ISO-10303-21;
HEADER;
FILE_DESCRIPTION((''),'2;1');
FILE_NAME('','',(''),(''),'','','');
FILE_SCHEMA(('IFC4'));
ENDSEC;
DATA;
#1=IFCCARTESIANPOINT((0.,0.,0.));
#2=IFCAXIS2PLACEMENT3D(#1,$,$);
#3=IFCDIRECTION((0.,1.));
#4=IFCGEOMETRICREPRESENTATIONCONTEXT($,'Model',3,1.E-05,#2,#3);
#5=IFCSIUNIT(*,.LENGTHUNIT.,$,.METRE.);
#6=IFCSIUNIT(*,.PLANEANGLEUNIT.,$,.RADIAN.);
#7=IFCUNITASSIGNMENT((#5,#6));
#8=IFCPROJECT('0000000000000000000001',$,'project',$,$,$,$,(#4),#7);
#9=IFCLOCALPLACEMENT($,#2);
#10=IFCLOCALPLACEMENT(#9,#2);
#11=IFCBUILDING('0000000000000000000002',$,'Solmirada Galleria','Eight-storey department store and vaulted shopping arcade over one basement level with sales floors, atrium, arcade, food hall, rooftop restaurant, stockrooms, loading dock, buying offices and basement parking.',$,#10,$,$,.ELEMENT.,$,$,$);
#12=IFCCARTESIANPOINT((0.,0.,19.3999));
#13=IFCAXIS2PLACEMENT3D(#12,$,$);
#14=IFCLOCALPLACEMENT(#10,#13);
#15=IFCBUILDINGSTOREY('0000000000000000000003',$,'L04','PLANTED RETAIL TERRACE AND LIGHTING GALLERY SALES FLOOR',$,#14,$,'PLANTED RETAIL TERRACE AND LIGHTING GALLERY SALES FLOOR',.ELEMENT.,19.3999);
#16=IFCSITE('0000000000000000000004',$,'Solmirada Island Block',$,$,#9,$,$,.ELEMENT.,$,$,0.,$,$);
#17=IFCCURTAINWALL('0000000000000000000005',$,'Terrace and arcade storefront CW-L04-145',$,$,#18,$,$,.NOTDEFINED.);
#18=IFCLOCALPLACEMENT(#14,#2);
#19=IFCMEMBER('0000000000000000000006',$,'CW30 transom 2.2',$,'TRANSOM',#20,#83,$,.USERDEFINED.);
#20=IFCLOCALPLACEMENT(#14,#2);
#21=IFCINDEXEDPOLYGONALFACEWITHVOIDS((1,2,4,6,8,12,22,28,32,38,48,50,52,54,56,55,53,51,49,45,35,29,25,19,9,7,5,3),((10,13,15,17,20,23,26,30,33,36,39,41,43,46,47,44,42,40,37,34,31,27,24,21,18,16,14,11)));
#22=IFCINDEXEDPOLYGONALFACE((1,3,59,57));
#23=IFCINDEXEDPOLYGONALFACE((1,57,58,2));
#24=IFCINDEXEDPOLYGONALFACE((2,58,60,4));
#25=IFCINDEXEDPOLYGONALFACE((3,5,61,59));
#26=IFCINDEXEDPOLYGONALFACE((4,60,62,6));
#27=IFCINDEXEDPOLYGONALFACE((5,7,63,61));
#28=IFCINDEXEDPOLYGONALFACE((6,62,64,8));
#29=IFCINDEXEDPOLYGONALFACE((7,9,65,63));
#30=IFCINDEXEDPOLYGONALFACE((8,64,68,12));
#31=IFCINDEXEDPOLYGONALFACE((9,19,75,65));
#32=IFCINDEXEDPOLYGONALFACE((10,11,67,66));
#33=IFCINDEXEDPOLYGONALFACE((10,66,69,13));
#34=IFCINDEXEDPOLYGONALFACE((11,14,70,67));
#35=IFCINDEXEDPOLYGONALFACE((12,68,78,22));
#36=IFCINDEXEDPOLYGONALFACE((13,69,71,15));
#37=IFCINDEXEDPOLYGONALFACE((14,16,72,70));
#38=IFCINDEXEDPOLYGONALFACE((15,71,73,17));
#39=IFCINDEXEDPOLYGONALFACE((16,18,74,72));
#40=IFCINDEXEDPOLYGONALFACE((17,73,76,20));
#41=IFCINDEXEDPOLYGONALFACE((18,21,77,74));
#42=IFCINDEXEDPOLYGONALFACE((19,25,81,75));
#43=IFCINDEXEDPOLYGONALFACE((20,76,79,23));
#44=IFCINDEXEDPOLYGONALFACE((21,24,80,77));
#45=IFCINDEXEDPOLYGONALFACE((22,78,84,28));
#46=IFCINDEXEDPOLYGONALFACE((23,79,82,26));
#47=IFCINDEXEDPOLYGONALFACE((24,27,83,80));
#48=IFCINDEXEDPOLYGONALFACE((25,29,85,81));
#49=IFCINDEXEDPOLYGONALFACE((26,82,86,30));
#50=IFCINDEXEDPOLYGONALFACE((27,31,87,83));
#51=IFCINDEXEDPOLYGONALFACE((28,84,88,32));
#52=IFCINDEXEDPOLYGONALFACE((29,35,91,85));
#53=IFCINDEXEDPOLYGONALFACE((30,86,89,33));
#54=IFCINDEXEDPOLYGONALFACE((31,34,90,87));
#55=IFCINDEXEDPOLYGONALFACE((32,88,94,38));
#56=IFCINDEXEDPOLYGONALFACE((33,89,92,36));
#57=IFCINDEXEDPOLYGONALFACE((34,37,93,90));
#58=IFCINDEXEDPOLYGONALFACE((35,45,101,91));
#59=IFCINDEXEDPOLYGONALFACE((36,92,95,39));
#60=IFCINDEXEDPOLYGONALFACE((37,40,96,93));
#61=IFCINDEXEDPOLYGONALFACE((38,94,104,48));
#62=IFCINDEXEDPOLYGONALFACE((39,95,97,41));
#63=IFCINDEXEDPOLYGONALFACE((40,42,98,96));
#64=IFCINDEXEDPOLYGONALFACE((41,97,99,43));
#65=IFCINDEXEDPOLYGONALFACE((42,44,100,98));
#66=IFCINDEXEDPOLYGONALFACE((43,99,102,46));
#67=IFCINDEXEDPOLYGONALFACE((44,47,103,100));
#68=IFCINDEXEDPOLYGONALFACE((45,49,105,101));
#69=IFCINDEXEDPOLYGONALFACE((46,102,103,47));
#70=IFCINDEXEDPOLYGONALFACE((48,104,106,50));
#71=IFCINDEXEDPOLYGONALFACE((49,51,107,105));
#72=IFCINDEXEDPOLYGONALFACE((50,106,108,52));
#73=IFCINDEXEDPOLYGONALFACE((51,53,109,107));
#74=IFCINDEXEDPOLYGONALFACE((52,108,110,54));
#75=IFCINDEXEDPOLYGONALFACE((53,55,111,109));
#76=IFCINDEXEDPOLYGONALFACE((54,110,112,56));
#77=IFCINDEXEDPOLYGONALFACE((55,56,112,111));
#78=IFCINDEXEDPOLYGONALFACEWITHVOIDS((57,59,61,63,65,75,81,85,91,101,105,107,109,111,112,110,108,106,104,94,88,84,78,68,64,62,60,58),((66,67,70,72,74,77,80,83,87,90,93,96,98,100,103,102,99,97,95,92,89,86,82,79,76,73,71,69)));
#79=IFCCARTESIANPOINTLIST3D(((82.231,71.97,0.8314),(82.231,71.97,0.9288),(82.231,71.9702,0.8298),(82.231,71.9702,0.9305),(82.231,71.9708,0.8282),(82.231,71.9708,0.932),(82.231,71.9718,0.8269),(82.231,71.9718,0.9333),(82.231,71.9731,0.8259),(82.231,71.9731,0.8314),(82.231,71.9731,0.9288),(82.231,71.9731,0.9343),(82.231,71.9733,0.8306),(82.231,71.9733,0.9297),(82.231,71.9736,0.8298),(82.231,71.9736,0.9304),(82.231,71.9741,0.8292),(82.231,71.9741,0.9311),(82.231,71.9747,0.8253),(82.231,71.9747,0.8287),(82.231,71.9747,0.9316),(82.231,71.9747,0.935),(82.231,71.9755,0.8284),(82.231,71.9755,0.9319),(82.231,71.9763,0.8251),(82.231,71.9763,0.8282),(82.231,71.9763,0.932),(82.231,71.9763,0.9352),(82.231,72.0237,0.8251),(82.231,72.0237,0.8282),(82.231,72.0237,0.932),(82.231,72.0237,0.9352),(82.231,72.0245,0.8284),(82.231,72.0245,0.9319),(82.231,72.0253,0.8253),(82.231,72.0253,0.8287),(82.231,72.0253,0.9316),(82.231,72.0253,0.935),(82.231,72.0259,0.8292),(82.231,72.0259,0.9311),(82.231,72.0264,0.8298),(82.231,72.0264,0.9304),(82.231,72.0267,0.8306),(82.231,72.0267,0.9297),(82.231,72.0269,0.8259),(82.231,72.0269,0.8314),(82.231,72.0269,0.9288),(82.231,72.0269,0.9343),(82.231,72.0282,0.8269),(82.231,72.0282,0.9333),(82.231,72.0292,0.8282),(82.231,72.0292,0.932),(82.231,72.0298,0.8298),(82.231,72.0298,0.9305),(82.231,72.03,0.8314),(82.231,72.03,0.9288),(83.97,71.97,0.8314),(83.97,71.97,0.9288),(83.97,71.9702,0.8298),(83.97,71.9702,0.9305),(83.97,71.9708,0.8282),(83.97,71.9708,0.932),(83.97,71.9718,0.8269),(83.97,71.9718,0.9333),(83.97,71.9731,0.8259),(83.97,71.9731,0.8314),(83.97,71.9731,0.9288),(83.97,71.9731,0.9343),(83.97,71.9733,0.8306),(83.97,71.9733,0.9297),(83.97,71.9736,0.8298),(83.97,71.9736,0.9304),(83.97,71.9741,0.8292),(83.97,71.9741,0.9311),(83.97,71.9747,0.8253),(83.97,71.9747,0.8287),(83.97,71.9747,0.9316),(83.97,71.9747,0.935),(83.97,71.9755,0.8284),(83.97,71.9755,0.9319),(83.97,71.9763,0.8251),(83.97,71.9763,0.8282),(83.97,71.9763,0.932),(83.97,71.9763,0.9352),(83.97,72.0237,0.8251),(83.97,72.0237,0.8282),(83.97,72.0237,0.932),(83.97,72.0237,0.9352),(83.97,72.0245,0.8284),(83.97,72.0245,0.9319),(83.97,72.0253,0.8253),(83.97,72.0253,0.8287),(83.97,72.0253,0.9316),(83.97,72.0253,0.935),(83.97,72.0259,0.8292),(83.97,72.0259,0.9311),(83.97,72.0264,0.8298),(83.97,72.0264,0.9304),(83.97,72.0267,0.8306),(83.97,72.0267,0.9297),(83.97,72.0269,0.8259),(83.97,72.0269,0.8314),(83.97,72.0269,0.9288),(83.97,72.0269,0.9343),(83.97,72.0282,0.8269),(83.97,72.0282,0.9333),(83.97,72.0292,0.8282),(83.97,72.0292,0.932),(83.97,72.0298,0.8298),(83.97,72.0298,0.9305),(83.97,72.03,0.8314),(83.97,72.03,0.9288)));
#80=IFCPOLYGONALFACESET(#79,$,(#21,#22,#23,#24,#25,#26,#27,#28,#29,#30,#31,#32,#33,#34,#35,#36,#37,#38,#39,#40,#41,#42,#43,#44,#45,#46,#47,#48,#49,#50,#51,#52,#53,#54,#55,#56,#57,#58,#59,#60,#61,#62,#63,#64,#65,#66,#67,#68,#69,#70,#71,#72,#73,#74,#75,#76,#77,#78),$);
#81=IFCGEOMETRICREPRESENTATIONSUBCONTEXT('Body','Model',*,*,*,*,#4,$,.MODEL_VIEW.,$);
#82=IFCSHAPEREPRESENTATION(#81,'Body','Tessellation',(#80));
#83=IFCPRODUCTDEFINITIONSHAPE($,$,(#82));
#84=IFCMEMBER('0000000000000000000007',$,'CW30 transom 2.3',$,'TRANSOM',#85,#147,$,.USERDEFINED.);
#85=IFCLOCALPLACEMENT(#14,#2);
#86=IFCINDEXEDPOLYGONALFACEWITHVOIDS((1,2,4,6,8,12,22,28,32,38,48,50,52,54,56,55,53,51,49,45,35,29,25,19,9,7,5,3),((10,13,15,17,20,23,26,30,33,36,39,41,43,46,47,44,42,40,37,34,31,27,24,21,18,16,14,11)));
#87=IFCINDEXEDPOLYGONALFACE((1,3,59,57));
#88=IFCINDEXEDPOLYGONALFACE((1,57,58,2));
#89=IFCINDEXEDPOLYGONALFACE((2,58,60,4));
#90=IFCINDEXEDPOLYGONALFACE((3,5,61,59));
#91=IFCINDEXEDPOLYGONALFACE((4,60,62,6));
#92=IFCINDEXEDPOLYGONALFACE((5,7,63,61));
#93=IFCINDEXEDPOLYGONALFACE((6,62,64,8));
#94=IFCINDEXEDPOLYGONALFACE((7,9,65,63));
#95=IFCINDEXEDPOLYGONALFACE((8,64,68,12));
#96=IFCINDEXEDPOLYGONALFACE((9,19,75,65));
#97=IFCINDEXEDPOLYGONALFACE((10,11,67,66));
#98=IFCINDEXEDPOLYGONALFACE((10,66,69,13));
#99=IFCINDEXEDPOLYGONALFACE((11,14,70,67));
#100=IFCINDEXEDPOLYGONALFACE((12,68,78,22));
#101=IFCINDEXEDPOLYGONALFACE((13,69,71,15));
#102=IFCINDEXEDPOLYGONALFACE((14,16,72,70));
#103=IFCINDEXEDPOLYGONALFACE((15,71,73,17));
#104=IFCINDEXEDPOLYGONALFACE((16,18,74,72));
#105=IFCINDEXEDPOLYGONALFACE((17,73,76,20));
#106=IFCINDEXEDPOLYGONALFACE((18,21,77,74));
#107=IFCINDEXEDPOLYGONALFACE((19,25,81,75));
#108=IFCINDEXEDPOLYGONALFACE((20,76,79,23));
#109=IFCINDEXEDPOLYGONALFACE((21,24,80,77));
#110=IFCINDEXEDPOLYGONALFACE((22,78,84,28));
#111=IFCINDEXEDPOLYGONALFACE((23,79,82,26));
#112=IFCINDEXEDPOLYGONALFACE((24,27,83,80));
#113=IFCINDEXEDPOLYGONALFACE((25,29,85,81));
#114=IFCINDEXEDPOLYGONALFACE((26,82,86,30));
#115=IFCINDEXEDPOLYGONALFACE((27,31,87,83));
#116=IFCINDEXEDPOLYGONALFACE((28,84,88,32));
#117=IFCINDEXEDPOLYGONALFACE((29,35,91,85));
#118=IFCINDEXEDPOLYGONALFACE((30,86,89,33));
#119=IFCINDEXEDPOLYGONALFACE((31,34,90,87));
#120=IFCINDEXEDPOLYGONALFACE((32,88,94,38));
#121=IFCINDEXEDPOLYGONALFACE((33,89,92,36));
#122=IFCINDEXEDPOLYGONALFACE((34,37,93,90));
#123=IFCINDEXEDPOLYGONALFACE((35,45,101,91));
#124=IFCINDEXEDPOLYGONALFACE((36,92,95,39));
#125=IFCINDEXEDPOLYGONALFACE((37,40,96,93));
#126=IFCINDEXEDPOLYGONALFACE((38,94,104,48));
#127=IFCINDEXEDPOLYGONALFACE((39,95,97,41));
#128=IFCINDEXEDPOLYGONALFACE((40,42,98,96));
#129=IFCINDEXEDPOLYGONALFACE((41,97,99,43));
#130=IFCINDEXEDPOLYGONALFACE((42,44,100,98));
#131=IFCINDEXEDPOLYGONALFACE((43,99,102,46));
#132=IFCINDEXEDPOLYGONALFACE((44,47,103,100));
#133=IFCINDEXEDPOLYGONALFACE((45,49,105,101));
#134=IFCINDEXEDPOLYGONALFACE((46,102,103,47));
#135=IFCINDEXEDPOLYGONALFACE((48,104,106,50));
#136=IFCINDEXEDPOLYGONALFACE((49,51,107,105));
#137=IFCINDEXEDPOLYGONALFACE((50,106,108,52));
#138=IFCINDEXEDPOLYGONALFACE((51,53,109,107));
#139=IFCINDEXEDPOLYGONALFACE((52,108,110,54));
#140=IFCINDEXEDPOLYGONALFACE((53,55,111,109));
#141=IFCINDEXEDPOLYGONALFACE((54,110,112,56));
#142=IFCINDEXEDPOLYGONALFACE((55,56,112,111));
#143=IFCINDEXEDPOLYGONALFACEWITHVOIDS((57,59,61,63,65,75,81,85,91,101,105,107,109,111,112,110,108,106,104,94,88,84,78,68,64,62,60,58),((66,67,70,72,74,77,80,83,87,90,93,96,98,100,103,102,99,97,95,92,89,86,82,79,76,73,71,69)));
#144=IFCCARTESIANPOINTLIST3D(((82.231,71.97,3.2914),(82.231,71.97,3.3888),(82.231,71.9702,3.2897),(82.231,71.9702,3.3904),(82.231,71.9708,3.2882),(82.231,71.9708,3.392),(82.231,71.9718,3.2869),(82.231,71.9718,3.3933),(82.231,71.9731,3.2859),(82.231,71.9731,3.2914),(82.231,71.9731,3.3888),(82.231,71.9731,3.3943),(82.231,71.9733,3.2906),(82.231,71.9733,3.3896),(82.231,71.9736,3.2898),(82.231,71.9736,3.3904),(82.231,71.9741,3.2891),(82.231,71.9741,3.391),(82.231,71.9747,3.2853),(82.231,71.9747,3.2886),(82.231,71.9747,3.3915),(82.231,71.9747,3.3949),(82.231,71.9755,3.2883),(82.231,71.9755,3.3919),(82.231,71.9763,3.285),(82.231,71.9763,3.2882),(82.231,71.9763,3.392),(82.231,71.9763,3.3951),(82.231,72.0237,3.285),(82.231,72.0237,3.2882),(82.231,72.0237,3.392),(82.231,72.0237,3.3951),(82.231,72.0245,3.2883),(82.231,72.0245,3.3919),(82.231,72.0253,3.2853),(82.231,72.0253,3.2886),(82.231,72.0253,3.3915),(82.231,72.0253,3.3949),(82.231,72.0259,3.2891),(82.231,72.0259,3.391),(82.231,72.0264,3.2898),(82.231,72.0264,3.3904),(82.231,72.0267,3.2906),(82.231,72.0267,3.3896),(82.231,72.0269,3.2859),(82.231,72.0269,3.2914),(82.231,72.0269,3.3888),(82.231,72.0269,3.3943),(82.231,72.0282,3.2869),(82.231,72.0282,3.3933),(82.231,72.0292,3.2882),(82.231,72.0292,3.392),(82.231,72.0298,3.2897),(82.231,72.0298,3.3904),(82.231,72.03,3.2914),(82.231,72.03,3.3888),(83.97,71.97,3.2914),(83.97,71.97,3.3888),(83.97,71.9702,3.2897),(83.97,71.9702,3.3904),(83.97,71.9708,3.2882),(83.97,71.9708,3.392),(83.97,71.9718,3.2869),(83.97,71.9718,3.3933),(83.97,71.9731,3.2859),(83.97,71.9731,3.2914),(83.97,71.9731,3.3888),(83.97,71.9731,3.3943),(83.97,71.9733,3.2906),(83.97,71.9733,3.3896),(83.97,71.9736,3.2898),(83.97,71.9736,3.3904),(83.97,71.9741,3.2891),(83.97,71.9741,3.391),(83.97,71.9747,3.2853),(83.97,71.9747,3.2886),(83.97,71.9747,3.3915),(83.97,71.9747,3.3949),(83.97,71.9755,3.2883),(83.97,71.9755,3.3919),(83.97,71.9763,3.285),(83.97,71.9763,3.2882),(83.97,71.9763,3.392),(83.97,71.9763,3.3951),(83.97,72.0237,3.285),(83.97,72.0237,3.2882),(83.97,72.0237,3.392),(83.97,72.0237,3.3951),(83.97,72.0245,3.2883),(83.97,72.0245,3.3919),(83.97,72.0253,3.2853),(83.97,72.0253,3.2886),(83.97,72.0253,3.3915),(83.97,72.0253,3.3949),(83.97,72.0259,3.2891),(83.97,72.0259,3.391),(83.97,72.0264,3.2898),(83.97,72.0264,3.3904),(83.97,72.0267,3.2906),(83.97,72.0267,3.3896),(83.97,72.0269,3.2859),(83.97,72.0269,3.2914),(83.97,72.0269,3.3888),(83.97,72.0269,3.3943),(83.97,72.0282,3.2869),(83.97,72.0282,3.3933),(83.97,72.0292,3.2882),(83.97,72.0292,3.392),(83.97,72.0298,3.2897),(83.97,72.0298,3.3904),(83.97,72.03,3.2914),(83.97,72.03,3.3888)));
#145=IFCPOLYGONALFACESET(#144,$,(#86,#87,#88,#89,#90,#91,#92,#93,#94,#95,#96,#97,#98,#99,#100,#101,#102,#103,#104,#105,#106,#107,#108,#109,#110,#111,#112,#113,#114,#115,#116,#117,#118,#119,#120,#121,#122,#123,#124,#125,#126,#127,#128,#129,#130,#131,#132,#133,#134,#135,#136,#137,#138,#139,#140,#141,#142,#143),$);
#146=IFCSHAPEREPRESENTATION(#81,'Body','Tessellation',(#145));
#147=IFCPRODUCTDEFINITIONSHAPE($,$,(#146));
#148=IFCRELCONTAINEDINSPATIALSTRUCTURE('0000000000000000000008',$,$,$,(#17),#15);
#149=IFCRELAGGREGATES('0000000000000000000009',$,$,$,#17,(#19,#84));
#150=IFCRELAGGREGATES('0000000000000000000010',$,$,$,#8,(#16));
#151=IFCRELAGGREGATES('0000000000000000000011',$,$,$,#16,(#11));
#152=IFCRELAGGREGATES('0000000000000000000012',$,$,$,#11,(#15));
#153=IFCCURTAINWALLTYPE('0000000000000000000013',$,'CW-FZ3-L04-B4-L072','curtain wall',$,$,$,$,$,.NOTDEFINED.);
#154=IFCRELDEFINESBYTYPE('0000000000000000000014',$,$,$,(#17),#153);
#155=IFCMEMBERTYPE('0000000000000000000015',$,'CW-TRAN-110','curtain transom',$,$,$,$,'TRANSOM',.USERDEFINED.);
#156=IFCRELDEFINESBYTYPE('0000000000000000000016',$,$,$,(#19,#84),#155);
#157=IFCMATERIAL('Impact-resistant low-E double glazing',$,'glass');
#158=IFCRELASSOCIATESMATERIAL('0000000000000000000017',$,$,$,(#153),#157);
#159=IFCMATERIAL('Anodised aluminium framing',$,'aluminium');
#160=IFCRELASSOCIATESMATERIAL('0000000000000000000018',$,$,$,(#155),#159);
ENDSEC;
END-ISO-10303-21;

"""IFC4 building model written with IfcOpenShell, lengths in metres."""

from ifc_helpers import new_model, si_unit, direction, frame, origin, origin_2d, place, context, subcontext, project, spatial, hollow_rectangle, extrude, material, material_profile, profile_set, type_object, element, aggregate, save


model = new_model("IFC4")

# Units and contexts
model_context = context("Model", 3, precision=1e-05, world=origin(), true_north=direction((0.0, 1.0)))
body_context = subcontext(model_context, "Body", "Model", "MODEL_VIEW")
ifc_project = project(units=[si_unit("LENGTHUNIT", "METRE"), si_unit("PLANEANGLEUNIT", "RADIAN")], contexts=[model_context])

# Site, building, storey
site_placement = place(None, origin())
site = spatial("IfcSite", under=ifc_project, at=site_placement, Name="Solmirada Island Block", CompositionType="ELEMENT", RefElevation=0.0)
building_placement = place(site_placement, origin())
building = spatial("IfcBuilding", under=site, at=building_placement, Name="Solmirada Galleria", Description="Eight-storey department store and vaulted shopping arcade over one basement level with sales floors, atrium, arcade, food hall, rooftop restaurant, stockrooms, loading dock, buying offices and basement parking.", CompositionType="ELEMENT")
storey_placement = place(building_placement, frame((0.0, 0.0, 19.3999)))
storey = spatial("IfcBuildingStorey", under=building, at=storey_placement, Name="L04", Description="PLANTED RETAIL TERRACE AND LIGHTING GALLERY SALES FLOOR", LongName="PLANTED RETAIL TERRACE AND LIGHTING GALLERY SALES FLOOR", CompositionType="ELEMENT", Elevation=19.3999)

# Curtain wall
ifc_material_1 = material(Name="Impact-resistant low-E double glazing", Category="glass")
curtain_wall_type = type_object("IfcCurtainWallType", Name="CW-FZ3-L04-B4-L072", Description="curtain wall", PredefinedType="NOTDEFINED", material=ifc_material_1)
curtain_wall_1_placement = place(storey_placement, origin())
curtain_wall_1 = element("IfcCurtainWall", 1, at=curtain_wall_1_placement, inside=storey, type_object=curtain_wall_type, Name="Terrace and arcade storefront CW-L04-145", PredefinedType="NOTDEFINED")
ifc_material_2 = material(Name="Anodised aluminium framing", Category="aluminium")

# Members
ifc_material_profile_1 = material_profile(ifc_material_2, hollow_rectangle(XDim=0.0601, YDim=0.1101, WallThickness=0.0032, InnerFilletRadius=0.0032, OuterFilletRadius=0.0063, at=origin_2d()), Name="ALU-TRAN-110X60")
ifc_profile_set_1 = profile_set([ifc_material_profile_1], Name="Anodised aluminium framing")
member_type_1 = type_object("IfcMemberType", Name="CW-TRAN-110", Description="curtain transom", ElementType="TRANSOM", PredefinedType="USERDEFINED", material=ifc_profile_set_1)
member_1_placement = place(storey_placement, frame((82.231, 72.0, 0.8801), z_axis=(1.0, 0.0, 0.0), x_axis=(0.0, 1.0, 0.0)))
member_1 = element("IfcMember", 2, at=member_1_placement, type_object=member_type_1, Name="CW30 transom 2.2", ObjectType="TRANSOM", PredefinedType="USERDEFINED", context=body_context, shape_type="SweptSolid", body=[
    extrude(hollow_rectangle(XDim=0.0601, YDim=0.1101, WallThickness=0.0032, InnerFilletRadius=0.0032, OuterFilletRadius=0.0063, at=origin_2d()), origin(), (0.0, 0.0, 1.0), 1.739),
])
member_2_placement = place(storey_placement, frame((82.231, 72.0, 3.3401), z_axis=(1.0, 0.0, 0.0), x_axis=(0.0, 1.0, 0.0)))
member_2 = element("IfcMember", 3, at=member_2_placement, type_object=member_type_1, Name="CW30 transom 2.3", ObjectType="TRANSOM", PredefinedType="USERDEFINED", context=body_context, shape_type="SweptSolid", body=[
    extrude(hollow_rectangle(XDim=0.0601, YDim=0.1101, WallThickness=0.0032, InnerFilletRadius=0.0032, OuterFilletRadius=0.0063, at=origin_2d()), origin(), (0.0, 0.0, 1.0), 1.739),
])

aggregate(curtain_wall_1, [member_1, member_2])

save(model, "model.ifc")
